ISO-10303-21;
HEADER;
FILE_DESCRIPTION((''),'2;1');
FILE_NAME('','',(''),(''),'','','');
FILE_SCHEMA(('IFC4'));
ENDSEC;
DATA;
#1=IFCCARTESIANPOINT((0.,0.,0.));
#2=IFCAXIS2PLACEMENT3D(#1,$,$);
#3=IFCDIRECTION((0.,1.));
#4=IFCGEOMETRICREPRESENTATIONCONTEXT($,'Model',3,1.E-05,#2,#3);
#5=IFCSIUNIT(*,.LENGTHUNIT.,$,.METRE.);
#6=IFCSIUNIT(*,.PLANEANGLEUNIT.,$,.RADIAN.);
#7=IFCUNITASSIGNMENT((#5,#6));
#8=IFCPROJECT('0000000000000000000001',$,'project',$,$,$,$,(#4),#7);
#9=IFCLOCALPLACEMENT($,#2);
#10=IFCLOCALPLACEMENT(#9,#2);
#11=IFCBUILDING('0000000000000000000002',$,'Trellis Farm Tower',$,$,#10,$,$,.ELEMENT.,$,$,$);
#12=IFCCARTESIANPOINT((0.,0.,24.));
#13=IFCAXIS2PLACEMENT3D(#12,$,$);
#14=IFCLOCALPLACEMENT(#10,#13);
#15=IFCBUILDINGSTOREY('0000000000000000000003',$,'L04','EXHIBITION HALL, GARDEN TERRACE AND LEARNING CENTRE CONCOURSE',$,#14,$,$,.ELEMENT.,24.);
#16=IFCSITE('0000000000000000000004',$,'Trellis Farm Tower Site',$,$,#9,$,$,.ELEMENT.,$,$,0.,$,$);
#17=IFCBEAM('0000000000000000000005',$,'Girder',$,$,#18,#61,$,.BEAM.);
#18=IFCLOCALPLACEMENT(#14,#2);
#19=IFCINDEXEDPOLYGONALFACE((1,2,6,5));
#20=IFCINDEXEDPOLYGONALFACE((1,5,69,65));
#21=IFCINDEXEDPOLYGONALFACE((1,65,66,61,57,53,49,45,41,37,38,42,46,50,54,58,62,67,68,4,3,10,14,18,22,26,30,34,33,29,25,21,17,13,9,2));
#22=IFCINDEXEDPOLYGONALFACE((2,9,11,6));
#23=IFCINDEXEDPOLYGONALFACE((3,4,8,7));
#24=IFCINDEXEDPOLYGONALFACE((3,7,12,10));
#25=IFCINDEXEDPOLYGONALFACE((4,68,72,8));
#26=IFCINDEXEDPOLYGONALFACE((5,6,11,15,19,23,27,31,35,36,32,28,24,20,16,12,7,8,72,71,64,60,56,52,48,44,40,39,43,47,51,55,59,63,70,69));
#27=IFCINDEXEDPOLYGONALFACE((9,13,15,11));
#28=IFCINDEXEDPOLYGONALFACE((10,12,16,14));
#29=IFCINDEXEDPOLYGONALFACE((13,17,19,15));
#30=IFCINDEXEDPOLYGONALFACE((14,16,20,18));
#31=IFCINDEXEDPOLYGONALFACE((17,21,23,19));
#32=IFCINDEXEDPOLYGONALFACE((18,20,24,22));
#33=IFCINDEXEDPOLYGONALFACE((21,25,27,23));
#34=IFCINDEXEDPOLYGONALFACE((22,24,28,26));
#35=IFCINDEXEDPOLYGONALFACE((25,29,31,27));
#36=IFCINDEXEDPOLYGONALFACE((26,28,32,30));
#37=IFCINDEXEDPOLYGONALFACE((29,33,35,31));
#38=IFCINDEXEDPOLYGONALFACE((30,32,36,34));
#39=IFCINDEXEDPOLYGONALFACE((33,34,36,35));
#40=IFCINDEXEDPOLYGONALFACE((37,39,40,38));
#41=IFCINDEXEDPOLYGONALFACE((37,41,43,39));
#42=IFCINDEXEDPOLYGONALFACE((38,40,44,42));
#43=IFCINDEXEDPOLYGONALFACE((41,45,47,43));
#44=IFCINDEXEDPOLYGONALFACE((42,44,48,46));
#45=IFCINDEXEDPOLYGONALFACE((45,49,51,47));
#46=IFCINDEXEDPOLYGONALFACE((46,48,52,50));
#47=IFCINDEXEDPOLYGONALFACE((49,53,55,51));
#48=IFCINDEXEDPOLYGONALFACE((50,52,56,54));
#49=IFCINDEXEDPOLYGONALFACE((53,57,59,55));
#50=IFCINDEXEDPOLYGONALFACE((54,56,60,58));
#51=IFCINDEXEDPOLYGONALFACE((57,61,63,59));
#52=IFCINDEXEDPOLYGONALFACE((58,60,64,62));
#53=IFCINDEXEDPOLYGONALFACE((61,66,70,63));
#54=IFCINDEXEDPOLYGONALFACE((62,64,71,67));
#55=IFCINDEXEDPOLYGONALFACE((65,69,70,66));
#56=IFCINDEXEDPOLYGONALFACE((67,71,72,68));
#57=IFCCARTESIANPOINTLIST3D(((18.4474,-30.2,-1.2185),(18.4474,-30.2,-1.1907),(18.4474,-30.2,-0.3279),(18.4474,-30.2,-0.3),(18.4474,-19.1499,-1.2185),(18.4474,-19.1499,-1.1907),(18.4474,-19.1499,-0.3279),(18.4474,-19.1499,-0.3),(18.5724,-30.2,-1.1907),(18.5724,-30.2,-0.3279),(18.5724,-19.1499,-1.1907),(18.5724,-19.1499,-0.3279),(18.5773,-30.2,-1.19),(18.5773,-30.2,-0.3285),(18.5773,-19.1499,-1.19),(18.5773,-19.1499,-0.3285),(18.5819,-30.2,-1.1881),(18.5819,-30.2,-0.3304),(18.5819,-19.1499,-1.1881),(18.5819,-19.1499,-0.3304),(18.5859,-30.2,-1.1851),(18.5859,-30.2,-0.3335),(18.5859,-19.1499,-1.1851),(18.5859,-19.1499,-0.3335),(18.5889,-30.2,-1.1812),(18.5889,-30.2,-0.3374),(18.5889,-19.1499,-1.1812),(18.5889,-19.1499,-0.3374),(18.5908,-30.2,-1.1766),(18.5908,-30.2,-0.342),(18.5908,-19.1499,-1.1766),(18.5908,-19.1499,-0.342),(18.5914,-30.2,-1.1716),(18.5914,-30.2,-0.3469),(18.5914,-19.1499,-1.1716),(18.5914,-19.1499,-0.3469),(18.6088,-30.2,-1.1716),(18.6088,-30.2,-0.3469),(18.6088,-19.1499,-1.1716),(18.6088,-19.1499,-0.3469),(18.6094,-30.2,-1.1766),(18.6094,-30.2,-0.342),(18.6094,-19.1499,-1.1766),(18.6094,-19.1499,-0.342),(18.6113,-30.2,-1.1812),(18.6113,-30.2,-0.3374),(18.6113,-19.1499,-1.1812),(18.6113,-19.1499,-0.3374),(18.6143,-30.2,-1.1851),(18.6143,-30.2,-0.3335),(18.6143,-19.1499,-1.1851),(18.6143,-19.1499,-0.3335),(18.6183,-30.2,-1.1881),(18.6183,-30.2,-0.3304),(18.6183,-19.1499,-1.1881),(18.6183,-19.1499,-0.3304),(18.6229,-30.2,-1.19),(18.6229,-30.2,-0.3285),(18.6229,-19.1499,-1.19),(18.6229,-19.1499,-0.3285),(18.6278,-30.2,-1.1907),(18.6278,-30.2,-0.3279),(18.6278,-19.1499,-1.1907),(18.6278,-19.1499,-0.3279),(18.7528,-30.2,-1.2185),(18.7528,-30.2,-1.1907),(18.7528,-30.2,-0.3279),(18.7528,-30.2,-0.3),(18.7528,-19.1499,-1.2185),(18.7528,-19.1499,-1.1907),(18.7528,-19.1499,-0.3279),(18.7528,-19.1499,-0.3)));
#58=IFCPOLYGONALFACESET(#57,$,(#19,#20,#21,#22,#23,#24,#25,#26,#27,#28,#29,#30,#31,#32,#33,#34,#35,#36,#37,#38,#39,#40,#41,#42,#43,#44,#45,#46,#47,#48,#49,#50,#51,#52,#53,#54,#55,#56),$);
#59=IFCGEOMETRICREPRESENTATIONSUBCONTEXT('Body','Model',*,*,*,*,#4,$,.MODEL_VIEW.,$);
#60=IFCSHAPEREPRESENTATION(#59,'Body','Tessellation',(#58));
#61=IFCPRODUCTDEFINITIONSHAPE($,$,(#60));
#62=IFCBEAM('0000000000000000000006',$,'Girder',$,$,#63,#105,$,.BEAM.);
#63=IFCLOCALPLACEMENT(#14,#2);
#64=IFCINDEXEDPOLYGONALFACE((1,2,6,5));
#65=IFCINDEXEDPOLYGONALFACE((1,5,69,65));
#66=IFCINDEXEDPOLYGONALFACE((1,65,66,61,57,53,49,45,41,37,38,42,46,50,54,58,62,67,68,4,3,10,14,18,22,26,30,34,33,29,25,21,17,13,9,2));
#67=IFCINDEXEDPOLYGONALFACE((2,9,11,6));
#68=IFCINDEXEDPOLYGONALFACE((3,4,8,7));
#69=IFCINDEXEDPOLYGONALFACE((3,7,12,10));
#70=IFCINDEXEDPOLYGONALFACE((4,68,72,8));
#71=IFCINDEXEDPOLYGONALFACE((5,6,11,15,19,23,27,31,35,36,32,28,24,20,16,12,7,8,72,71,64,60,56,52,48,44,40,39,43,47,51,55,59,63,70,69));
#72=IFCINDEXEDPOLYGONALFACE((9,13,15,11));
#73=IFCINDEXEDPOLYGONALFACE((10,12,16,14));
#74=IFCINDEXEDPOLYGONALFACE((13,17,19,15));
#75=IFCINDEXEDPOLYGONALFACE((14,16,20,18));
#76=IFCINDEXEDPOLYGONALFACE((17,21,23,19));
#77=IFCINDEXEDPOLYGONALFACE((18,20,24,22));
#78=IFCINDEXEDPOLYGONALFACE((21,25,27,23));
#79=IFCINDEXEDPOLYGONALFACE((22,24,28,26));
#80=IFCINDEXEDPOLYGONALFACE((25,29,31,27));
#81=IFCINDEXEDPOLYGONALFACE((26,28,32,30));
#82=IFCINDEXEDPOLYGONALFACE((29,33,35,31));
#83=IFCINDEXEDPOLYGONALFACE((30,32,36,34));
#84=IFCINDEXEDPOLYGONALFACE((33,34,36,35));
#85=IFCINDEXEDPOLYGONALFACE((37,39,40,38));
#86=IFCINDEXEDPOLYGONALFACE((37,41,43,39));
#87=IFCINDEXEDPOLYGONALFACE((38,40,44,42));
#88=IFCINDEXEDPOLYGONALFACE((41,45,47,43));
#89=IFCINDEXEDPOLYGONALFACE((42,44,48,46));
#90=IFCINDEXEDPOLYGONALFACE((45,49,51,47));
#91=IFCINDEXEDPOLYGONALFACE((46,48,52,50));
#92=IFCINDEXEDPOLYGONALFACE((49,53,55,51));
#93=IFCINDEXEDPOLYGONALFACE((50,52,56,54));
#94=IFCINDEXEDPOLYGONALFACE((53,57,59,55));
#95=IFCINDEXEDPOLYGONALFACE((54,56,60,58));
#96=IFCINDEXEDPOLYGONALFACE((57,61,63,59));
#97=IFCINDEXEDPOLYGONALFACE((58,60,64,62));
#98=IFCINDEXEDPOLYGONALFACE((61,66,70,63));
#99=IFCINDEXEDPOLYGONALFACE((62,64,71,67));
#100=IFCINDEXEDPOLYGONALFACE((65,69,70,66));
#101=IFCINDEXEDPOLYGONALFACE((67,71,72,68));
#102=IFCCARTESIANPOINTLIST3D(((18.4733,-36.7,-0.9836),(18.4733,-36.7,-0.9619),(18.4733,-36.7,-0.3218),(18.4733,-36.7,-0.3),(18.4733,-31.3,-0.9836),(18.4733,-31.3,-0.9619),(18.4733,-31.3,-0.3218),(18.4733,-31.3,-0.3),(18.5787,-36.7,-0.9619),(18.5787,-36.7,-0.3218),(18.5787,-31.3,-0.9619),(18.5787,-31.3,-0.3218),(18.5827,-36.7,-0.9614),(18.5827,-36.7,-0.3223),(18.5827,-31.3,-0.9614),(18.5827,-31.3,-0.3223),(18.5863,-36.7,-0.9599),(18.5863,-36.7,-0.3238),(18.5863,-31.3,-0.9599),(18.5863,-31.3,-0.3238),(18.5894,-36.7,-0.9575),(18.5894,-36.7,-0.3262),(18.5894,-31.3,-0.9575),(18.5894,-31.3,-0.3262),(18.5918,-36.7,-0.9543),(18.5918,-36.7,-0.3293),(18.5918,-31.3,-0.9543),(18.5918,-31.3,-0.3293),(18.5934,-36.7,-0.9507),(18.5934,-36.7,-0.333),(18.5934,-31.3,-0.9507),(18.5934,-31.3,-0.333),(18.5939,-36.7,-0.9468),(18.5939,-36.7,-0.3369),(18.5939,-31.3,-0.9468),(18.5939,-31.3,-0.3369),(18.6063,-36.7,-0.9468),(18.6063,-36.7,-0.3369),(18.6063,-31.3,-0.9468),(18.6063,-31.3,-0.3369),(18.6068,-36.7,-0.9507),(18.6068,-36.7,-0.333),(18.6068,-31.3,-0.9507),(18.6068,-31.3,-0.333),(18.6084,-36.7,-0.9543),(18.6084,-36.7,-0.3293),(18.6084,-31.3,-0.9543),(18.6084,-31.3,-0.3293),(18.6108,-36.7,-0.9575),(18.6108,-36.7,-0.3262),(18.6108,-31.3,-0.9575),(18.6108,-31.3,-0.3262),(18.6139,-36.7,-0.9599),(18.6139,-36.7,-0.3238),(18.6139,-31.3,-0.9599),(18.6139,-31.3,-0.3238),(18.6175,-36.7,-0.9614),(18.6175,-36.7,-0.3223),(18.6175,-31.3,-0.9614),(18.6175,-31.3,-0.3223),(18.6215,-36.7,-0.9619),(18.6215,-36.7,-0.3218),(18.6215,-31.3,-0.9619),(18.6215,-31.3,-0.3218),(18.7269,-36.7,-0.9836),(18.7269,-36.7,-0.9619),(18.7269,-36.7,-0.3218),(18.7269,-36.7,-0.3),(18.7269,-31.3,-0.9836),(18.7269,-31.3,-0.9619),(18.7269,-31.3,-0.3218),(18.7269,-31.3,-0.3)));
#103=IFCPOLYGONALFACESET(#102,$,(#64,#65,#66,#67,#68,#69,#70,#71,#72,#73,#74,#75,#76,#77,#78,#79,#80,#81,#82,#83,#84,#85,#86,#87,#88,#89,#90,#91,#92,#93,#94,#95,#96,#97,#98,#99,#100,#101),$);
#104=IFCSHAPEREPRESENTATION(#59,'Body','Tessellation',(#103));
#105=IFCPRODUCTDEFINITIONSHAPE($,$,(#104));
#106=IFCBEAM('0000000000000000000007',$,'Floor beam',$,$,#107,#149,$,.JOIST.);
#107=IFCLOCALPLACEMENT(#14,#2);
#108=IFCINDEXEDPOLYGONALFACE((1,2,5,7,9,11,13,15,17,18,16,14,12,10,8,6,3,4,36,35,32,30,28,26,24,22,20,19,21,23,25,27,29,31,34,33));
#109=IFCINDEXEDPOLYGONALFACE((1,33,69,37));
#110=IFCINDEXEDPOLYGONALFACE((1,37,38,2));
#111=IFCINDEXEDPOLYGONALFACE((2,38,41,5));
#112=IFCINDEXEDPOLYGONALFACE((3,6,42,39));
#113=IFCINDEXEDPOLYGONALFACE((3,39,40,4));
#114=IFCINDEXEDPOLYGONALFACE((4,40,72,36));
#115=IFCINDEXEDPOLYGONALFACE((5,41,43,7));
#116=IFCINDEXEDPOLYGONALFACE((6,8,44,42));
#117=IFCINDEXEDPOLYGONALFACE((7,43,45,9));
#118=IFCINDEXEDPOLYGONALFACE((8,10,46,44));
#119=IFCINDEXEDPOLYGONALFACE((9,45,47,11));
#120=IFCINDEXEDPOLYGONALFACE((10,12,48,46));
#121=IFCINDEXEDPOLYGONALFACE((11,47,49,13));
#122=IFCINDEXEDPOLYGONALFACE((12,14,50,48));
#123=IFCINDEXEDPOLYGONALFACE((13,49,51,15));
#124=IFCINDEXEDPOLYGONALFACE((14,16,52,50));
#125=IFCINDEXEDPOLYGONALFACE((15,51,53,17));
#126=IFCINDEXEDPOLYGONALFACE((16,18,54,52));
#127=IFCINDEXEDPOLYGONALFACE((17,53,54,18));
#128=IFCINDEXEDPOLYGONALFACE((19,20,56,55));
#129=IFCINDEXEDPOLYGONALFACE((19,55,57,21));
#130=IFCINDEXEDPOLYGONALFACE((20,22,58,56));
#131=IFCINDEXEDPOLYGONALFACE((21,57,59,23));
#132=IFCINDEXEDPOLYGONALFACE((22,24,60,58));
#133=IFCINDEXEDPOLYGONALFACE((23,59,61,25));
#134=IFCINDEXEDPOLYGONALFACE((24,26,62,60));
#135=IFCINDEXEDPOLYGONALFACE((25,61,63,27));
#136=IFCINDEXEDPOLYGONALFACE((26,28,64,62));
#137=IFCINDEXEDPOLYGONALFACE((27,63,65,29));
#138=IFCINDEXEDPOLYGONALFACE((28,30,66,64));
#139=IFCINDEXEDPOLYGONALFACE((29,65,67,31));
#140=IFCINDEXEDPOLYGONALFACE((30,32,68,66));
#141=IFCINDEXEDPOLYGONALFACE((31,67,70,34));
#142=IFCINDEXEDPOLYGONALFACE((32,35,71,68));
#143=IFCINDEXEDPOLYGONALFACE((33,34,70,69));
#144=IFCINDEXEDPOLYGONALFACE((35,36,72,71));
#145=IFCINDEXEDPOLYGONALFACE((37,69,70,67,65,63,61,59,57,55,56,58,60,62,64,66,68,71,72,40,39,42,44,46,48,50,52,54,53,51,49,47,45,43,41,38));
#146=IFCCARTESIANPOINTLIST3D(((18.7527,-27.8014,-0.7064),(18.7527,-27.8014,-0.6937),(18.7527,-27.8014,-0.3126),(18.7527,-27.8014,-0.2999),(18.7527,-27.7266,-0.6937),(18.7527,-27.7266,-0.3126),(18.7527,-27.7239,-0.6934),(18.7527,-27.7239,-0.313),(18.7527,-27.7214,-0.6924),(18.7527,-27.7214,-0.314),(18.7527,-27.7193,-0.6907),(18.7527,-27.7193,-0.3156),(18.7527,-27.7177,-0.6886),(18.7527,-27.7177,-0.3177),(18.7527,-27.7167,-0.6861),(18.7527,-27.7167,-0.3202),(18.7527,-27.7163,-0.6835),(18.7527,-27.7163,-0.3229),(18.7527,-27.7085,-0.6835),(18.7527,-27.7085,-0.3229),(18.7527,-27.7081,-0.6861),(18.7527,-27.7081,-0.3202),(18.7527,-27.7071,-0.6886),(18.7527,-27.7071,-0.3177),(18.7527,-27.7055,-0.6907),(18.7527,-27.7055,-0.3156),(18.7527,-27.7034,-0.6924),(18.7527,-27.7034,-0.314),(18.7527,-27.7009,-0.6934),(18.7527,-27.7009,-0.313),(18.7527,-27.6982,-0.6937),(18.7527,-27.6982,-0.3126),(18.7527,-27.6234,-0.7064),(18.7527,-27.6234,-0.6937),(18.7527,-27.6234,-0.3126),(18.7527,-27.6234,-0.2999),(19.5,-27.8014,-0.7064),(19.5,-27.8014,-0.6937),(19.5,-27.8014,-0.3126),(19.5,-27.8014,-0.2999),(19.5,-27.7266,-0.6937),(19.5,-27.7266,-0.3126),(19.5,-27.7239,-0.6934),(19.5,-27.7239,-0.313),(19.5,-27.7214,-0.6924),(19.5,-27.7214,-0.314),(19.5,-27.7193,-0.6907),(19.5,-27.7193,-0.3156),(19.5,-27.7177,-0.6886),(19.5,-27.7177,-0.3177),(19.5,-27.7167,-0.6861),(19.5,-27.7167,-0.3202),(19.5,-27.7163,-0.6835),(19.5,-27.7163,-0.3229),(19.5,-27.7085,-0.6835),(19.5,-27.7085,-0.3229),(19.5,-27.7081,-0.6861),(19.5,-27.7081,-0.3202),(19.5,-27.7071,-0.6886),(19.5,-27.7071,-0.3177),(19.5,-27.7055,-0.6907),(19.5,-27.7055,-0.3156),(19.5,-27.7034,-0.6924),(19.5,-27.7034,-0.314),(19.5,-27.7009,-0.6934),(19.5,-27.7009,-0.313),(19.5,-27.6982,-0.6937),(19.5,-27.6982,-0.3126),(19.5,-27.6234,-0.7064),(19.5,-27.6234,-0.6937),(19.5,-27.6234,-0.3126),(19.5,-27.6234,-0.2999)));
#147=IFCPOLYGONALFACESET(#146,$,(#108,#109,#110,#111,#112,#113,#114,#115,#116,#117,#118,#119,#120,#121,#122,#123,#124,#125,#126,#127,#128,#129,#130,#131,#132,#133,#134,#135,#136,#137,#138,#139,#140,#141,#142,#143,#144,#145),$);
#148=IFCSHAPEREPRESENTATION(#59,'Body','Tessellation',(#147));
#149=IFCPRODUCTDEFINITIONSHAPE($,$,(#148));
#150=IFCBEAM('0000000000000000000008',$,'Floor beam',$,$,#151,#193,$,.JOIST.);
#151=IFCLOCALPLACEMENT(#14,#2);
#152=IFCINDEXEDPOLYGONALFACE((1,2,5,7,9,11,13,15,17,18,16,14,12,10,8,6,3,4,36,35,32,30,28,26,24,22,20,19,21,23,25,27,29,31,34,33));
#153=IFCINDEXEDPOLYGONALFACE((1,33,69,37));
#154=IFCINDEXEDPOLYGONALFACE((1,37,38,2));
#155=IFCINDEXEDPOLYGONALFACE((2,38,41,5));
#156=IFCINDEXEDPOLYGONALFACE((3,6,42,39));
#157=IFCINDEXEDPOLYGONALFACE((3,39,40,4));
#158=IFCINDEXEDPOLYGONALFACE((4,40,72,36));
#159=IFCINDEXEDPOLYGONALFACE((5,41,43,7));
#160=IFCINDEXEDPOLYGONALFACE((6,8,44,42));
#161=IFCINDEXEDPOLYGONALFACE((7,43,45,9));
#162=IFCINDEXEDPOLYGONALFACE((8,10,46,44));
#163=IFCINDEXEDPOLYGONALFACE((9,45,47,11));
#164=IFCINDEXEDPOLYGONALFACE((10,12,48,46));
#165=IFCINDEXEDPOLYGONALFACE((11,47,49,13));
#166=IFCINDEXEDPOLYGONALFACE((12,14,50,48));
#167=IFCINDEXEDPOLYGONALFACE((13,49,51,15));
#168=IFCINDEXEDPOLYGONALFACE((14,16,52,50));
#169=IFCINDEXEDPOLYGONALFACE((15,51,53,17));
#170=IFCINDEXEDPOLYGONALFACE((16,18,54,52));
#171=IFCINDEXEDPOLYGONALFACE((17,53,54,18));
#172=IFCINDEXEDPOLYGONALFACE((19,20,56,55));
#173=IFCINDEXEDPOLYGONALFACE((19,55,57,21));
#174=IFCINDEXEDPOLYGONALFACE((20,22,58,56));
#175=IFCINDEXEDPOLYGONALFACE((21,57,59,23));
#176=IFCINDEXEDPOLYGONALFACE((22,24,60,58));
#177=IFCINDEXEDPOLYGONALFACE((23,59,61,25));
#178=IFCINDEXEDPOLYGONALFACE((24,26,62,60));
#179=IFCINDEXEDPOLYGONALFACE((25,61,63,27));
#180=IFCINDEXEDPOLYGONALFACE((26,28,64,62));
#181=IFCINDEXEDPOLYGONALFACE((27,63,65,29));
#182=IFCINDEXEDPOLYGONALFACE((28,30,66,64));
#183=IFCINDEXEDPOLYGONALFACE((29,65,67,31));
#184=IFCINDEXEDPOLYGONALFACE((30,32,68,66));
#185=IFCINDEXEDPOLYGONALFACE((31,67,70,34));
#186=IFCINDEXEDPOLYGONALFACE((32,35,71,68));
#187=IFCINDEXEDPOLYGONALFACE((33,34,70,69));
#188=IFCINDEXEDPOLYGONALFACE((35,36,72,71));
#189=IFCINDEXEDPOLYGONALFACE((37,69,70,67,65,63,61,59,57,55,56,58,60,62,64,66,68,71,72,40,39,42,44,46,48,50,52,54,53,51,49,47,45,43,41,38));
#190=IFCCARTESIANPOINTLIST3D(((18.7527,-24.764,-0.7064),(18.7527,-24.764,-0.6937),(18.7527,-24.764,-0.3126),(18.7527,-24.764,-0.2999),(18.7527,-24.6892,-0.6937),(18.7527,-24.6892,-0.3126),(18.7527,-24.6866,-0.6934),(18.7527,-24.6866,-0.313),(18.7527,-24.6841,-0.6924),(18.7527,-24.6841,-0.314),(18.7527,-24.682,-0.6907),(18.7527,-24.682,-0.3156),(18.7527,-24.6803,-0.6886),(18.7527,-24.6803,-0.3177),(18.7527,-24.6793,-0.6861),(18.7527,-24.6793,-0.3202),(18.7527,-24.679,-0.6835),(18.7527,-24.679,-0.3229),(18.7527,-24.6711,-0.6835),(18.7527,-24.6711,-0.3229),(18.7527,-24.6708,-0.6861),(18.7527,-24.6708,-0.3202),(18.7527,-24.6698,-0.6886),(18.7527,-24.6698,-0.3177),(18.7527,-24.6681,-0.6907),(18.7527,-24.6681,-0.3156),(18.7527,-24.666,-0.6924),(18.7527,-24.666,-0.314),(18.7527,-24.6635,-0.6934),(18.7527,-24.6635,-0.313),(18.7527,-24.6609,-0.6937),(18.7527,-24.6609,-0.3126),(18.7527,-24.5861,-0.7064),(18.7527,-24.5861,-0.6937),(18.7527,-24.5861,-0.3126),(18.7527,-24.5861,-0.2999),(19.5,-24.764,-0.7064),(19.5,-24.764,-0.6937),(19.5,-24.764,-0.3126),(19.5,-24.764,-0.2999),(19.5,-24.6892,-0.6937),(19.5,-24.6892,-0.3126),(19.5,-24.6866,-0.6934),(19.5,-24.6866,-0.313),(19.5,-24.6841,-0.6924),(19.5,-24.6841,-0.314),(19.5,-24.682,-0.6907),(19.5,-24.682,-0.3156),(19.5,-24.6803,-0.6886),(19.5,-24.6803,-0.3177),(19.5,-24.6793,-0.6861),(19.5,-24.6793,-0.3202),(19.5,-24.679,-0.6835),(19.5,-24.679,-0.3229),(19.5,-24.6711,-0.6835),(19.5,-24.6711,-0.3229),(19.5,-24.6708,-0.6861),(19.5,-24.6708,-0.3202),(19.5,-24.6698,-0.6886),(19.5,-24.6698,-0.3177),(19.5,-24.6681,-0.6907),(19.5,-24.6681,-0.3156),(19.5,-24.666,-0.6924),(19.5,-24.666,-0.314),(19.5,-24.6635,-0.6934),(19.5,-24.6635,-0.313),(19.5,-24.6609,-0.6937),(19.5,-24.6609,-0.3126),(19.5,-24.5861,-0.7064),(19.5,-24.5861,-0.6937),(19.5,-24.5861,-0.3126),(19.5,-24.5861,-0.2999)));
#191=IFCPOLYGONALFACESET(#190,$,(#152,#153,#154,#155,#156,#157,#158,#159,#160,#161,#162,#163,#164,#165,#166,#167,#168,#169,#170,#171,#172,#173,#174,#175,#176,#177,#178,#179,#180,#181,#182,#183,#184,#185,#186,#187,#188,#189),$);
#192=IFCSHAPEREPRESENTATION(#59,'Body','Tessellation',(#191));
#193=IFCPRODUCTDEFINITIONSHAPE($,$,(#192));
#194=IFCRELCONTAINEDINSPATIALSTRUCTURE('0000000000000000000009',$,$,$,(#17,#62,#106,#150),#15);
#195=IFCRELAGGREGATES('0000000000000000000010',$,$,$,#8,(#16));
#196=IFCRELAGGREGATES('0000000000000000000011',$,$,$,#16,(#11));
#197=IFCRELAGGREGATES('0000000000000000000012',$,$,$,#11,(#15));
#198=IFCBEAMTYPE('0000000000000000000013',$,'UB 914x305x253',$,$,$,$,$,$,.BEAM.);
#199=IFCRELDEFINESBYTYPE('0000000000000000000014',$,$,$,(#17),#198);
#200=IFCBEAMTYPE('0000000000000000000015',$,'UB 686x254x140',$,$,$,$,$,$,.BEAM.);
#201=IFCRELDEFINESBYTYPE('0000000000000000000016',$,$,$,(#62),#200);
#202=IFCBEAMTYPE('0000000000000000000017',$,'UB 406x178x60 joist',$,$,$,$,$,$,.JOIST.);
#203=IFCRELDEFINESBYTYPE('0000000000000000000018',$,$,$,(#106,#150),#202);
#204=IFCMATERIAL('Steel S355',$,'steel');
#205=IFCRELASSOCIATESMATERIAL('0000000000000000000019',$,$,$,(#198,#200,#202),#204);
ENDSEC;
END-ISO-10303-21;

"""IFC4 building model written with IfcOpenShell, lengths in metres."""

from ifc_helpers import new_model, si_unit, direction, frame, origin, origin_2d, place, context, subcontext, project, spatial, i_section, extrude, source, transform, mapped, material, material_profile, profile_set, type_object, element, save


model = new_model("IFC4")

# Units and contexts
model_context = context("Model", 3, precision=1e-05, world=origin(), true_north=direction((0.0, 1.0)))
body_context = subcontext(model_context, "Body", "Model", "MODEL_VIEW")
ifc_project = project(units=[si_unit("LENGTHUNIT", "METRE"), si_unit("PLANEANGLEUNIT", "RADIAN")], contexts=[model_context])

# Site, building, storey
site_placement = place(None, origin())
site = spatial("IfcSite", under=ifc_project, at=site_placement, Name="Trellis Farm Tower Site", CompositionType="ELEMENT", RefElevation=0.0)
building_placement = place(site_placement, origin())
building = spatial("IfcBuilding", under=site, at=building_placement, Name="Trellis Farm Tower", CompositionType="ELEMENT")
storey_placement = place(building_placement, frame((0.0, 0.0, 24.0)))
storey = spatial("IfcBuildingStorey", under=building, at=storey_placement, Name="L04", Description="EXHIBITION HALL, GARDEN TERRACE AND LEARNING CENTRE CONCOURSE", CompositionType="ELEMENT", Elevation=24.0)

# Beams
ifc_material_1 = material(Name="Steel S355", Category="steel")
ifc_material_profile_1 = material_profile(ifc_material_1, i_section(OverallWidth=0.3054, OverallDepth=0.9185, WebThickness=0.0173, FlangeThickness=0.0278, FilletRadius=0.019, at=origin_2d()), Name="UB 914x305x253")
ifc_profile_set_1 = profile_set([ifc_material_profile_1], Name="Steel S355")
beam_type_1 = type_object("IfcBeamType", Name="UB 914x305x253", PredefinedType="BEAM", material=ifc_profile_set_1)
shared_shape_1 = source(origin(), body_context, "Body", "SweptSolid", [
    extrude(i_section(OverallWidth=0.3054, OverallDepth=0.9185, WebThickness=0.0173, FlangeThickness=0.0278, FilletRadius=0.019, at=origin_2d()), origin(), (0.0, 0.0, 1.0), 11.05),
])
for number, where, z_axis, x_axis, name in (
    (1, (18.6001, -30.2, -0.7593), (0.0, 1.0, 0.0), (-1.0, 0.0, 0.0), "Girder"),
):
    element("IfcBeam", number, at=place(storey_placement, frame(where, z_axis=z_axis, x_axis=x_axis)), inside=storey, type_object=beam_type_1, Name=name, PredefinedType="BEAM", context=body_context, shape_type="MappedRepresentation", body=[
        mapped(shared_shape_1, transform((0.0, 0.0, 0.0))),
    ])
ifc_material_profile_2 = material_profile(ifc_material_1, i_section(OverallWidth=0.2537, OverallDepth=0.6836, WebThickness=0.0125, FlangeThickness=0.0217, FilletRadius=0.0151, at=origin_2d()), Name="UB 686x254x140")
ifc_profile_set_2 = profile_set([ifc_material_profile_2], Name="Steel S355")
beam_type_2 = type_object("IfcBeamType", Name="UB 686x254x140", PredefinedType="BEAM", material=ifc_profile_set_2)
shared_shape_2 = source(origin(), body_context, "Body", "SweptSolid", [
    extrude(i_section(OverallWidth=0.2537, OverallDepth=0.6836, WebThickness=0.0125, FlangeThickness=0.0217, FilletRadius=0.0151, at=origin_2d()), origin(), (0.0, 0.0, 1.0), 5.3999),
])
beam_1_placement = place(storey_placement, frame((18.6001, -36.7, -0.6418), z_axis=(0.0, 1.0, 0.0), x_axis=(-1.0, 0.0, 0.0)))
element("IfcBeam", 2, at=beam_1_placement, inside=storey, type_object=beam_type_2, Name="Girder", PredefinedType="BEAM", context=body_context, shape_type="MappedRepresentation", body=[
    mapped(shared_shape_2, transform((0.0, 0.0, 0.0))),
])
ifc_material_profile_3 = material_profile(ifc_material_1, i_section(OverallWidth=0.178, OverallDepth=0.4065, WebThickness=0.0078, FlangeThickness=0.0127, FilletRadius=0.0103, at=origin_2d()), Name="UB 406x178x60")
ifc_profile_set_3 = profile_set([ifc_material_profile_3], Name="Steel S355")
beam_type_3 = type_object("IfcBeamType", Name="UB 406x178x60 joist", PredefinedType="JOIST", material=ifc_profile_set_3)
shared_shape_3 = source(origin(), body_context, "Body", "SweptSolid", [
    extrude(i_section(OverallWidth=0.178, OverallDepth=0.4065, WebThickness=0.0078, FlangeThickness=0.0127, FilletRadius=0.0103, at=origin_2d()), origin(), (0.0, 0.0, 1.0), 0.7473),
])
for number, where, z_axis, x_axis, name in (
    (3, (18.7527, -27.7124, -0.5032), (1.0, 0.0, 0.0), (0.0, 1.0, 0.0), "Floor beam"),
    (4, (18.7527, -24.675, -0.5032), (1.0, 0.0, 0.0), (0.0, 1.0, 0.0), "Floor beam"),
):
    element("IfcBeam", number, at=place(storey_placement, frame(where, z_axis=z_axis, x_axis=x_axis)), inside=storey, type_object=beam_type_3, Name=name, PredefinedType="JOIST", context=body_context, shape_type="MappedRepresentation", body=[
        mapped(shared_shape_3, transform((0.0, 0.0, 0.0))),
    ])

save(model, "model.ifc")
